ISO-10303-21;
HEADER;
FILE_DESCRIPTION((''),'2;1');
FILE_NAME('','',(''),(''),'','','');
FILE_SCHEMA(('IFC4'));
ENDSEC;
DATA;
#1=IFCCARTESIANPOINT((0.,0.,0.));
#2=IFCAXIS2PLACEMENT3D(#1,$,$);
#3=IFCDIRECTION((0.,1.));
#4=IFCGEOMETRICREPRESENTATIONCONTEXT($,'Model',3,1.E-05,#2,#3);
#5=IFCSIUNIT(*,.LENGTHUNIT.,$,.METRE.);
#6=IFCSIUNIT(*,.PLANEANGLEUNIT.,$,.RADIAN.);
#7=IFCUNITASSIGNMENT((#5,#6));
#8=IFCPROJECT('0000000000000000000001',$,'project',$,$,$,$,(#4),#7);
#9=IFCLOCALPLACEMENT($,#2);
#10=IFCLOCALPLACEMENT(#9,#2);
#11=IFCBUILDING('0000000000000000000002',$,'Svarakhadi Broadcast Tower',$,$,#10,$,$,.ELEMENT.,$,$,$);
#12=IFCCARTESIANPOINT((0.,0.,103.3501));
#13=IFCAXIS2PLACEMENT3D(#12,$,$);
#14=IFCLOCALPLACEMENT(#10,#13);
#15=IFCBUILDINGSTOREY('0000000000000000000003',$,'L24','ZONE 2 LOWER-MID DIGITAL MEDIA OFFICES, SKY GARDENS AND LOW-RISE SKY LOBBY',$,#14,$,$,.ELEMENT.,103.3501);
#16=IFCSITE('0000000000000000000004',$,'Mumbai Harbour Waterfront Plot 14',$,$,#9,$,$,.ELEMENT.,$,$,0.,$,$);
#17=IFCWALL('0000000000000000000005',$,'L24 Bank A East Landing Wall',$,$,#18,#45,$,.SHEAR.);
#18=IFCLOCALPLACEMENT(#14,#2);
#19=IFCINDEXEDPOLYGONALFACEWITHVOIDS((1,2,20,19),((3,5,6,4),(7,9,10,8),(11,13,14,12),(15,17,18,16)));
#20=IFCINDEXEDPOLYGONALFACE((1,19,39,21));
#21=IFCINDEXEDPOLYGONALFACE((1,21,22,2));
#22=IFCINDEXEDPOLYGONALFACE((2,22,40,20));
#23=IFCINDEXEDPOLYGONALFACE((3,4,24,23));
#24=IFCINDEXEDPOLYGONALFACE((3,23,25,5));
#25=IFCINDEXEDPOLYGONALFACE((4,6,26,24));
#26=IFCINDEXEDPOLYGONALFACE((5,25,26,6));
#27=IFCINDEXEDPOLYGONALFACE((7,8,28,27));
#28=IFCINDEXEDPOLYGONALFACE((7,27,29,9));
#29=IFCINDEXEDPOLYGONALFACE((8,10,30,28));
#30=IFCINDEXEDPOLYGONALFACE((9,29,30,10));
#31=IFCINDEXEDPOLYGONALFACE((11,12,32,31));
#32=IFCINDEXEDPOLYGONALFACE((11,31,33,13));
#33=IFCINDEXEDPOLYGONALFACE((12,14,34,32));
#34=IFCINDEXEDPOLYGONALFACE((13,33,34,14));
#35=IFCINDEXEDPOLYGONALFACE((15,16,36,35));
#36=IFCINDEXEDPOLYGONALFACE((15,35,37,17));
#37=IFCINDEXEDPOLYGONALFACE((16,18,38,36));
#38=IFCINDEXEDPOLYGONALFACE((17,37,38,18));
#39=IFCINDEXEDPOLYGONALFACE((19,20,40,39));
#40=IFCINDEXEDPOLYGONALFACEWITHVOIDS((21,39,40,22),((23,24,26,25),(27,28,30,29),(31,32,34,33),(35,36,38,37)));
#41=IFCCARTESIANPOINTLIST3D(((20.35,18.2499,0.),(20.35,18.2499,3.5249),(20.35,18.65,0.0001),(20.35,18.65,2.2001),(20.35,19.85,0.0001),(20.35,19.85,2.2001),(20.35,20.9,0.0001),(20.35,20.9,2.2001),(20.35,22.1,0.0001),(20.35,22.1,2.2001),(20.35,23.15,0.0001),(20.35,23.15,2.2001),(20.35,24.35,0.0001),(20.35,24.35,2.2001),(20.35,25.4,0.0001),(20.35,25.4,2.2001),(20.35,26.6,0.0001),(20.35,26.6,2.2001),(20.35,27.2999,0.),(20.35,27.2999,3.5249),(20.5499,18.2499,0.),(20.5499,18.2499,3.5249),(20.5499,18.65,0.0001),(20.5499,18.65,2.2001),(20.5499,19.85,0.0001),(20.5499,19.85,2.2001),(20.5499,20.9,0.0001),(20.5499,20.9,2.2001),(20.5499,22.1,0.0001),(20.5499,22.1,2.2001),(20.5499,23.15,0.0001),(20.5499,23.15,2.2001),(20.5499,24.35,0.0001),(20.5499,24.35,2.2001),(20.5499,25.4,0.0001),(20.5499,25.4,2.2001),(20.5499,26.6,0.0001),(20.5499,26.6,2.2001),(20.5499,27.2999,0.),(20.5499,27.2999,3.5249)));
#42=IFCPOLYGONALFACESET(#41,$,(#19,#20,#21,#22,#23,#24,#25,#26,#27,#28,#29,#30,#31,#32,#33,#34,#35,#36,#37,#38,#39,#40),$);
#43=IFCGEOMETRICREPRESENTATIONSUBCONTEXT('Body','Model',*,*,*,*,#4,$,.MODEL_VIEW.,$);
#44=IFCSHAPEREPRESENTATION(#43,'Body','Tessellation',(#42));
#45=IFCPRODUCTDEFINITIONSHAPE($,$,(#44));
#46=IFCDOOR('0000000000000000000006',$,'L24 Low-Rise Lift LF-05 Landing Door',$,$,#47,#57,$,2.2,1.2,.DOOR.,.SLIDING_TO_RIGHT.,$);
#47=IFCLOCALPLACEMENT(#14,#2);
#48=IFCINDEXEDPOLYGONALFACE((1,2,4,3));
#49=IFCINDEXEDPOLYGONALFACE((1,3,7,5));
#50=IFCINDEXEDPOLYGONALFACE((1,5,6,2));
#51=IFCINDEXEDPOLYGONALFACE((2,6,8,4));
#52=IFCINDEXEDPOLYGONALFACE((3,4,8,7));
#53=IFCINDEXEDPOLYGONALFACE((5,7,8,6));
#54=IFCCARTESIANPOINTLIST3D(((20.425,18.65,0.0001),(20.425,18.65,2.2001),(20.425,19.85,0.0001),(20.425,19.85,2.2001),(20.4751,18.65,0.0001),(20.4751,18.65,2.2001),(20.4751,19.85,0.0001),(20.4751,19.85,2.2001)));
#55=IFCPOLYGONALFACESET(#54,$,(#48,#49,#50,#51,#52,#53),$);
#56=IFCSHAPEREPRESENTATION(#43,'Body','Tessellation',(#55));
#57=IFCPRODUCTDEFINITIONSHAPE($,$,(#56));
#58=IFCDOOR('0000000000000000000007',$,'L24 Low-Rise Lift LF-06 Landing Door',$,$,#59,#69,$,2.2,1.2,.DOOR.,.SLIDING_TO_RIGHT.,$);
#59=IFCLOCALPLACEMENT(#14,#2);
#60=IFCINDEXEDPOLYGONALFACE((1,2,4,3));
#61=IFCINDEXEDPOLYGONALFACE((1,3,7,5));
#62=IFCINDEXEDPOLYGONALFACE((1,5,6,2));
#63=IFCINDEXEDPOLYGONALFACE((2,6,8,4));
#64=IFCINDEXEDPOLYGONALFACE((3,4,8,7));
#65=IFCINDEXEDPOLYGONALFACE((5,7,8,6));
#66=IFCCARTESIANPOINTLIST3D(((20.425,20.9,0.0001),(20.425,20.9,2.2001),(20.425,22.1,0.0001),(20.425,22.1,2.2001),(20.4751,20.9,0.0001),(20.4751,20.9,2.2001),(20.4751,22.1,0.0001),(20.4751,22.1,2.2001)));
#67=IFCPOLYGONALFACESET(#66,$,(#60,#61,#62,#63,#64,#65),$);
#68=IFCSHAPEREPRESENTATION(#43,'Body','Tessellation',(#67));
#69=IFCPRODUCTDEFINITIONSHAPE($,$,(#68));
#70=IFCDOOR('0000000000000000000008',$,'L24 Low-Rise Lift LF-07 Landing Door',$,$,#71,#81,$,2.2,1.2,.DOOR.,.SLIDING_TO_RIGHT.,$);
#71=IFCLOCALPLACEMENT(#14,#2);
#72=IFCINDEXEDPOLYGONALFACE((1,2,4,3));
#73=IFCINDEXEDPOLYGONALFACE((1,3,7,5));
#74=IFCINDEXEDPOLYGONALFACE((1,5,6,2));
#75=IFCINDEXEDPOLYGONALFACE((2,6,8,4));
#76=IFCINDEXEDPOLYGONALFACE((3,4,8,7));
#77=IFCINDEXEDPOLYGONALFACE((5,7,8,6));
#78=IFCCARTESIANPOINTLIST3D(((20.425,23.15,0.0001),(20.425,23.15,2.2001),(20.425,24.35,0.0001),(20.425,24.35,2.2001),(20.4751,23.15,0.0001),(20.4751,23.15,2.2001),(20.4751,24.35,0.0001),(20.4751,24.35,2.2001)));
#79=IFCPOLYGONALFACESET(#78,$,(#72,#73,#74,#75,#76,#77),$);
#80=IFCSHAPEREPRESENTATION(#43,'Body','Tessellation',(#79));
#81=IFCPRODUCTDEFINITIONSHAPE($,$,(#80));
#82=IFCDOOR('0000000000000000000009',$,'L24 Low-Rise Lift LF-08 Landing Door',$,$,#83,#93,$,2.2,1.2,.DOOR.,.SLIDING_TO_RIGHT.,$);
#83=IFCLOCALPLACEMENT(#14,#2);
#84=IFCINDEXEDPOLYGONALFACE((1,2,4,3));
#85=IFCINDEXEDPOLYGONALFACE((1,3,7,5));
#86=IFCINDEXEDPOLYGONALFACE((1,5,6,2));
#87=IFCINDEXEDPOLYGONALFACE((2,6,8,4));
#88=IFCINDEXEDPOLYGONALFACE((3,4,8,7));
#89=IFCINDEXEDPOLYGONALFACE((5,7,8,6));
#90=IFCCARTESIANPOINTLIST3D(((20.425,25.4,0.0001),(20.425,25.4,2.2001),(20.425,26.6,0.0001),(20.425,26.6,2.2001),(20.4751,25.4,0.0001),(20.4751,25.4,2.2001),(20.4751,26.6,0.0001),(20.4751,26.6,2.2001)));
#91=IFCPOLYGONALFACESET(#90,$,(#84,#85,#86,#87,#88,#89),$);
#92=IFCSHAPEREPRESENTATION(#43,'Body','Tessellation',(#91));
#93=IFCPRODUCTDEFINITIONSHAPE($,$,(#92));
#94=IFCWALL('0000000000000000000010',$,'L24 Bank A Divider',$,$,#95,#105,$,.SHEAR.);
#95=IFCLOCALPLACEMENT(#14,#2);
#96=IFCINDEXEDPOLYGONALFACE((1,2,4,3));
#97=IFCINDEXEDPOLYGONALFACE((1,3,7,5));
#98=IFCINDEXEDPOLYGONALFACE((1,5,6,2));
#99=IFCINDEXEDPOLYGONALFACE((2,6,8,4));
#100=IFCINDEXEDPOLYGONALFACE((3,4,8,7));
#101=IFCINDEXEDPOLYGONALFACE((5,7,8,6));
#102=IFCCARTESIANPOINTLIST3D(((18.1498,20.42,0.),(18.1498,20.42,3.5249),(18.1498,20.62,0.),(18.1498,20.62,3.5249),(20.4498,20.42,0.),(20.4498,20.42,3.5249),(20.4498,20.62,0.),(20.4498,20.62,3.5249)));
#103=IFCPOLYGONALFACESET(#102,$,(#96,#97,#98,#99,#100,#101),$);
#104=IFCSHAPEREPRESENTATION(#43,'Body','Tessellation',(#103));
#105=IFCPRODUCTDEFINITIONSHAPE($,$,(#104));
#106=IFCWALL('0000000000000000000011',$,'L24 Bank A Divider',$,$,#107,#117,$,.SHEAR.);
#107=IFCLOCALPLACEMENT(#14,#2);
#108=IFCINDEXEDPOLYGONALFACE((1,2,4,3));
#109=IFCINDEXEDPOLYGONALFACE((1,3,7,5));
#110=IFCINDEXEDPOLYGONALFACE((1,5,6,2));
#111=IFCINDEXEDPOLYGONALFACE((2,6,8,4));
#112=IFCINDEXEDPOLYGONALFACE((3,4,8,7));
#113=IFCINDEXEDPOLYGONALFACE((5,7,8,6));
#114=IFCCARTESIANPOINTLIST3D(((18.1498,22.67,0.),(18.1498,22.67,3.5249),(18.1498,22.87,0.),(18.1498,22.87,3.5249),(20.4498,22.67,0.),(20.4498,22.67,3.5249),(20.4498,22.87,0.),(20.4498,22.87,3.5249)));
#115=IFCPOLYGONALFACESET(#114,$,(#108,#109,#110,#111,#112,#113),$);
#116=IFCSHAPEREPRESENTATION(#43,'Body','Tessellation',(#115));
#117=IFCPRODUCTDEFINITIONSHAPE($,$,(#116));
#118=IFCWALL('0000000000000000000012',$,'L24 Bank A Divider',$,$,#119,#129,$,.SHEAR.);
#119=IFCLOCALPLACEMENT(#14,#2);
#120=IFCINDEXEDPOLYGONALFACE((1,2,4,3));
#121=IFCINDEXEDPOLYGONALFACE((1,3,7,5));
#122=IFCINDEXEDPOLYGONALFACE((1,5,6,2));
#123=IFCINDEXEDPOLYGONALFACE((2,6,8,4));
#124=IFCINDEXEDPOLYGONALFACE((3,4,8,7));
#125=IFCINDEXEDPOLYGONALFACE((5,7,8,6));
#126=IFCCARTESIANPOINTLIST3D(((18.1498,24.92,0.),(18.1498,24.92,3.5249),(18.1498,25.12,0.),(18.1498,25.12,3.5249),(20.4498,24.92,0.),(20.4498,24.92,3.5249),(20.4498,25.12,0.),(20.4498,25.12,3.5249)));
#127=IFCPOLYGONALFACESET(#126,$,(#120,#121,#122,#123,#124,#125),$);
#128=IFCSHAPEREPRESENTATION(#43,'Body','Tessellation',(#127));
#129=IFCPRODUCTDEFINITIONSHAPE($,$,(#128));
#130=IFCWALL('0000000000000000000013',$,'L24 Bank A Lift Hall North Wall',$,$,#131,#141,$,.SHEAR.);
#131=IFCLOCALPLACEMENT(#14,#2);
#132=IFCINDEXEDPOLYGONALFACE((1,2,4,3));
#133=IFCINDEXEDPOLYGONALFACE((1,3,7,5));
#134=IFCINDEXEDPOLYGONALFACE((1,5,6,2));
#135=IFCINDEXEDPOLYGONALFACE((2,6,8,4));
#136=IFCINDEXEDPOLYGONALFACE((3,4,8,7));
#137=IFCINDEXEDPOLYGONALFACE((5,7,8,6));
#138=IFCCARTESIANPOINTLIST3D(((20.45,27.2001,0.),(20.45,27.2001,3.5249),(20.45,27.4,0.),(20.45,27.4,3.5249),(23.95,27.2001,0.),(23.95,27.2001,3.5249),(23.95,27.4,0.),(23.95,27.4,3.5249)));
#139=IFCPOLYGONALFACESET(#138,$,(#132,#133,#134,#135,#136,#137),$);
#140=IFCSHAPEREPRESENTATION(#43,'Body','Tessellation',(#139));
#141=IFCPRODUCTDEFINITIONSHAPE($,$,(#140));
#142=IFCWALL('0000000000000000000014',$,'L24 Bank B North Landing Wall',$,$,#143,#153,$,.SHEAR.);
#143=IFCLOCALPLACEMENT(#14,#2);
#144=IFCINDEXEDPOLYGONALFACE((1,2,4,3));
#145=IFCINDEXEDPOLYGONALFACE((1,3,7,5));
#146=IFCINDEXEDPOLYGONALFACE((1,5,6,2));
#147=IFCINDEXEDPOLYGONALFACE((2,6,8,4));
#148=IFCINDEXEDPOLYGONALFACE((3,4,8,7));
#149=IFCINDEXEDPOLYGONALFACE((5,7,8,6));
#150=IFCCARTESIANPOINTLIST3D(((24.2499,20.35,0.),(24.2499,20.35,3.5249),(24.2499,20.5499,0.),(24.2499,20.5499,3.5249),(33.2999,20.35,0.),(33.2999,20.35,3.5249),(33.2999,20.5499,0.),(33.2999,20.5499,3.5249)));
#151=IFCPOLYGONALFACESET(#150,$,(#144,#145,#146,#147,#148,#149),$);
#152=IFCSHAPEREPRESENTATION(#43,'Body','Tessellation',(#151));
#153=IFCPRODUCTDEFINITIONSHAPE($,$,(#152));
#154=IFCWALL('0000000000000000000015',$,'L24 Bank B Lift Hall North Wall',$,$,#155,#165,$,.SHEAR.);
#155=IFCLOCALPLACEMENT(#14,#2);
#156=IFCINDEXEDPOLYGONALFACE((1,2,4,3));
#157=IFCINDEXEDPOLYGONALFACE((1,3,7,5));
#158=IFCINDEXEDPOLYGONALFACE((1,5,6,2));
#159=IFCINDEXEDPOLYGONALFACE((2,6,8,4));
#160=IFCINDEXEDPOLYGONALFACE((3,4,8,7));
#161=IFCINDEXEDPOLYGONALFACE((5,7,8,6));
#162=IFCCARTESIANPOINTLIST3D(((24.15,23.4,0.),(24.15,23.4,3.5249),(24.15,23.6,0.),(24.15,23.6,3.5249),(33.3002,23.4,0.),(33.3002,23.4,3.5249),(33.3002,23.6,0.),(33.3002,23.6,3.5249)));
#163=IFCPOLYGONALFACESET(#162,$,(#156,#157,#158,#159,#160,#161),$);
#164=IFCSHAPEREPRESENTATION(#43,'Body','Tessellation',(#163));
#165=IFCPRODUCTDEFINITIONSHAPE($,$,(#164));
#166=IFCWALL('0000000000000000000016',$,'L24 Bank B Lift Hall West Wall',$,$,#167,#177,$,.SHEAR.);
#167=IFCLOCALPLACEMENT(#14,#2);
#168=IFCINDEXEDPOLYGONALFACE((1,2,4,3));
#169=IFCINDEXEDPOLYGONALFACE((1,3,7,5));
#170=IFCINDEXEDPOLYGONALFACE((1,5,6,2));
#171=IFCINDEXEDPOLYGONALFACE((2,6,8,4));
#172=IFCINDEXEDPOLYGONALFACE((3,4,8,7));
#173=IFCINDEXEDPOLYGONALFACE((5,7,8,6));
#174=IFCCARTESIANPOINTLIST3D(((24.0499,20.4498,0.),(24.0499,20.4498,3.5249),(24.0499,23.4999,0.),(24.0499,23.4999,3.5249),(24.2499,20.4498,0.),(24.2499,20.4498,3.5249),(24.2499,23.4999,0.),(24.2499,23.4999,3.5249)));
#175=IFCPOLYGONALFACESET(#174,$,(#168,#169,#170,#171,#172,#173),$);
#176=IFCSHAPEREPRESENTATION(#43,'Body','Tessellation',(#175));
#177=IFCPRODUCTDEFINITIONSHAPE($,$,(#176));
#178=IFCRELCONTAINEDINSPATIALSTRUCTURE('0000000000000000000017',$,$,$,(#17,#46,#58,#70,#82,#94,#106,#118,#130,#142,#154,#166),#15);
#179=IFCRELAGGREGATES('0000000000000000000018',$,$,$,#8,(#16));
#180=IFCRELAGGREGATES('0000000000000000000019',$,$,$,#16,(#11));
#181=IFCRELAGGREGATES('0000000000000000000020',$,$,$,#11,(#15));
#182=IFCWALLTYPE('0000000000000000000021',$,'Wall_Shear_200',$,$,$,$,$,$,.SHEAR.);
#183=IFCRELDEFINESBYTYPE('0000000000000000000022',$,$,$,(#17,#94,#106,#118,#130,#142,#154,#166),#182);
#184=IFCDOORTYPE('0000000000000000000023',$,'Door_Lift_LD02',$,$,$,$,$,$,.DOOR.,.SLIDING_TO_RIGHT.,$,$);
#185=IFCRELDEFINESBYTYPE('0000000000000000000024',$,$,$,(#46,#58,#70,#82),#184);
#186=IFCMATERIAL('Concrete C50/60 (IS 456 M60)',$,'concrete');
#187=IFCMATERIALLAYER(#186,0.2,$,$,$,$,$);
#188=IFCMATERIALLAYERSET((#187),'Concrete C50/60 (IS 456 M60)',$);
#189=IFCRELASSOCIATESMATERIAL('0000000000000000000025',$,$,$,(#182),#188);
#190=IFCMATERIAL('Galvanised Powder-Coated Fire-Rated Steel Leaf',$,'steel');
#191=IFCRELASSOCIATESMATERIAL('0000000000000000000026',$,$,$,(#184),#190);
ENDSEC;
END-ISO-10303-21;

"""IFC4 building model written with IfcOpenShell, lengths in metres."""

from ifc_helpers import new_model, si_unit, direction, frame, frame_2d, origin, place, context, subcontext, project, spatial, rectangle, extrude, material, layer, layer_set, type_object, element, fill, save


model = new_model("IFC4")

# Units and contexts
model_context = context("Model", 3, precision=1e-05, world=origin(), true_north=direction((0.0, 1.0)))
body_context = subcontext(model_context, "Body", "Model", "MODEL_VIEW")
ifc_project = project(units=[si_unit("LENGTHUNIT", "METRE"), si_unit("PLANEANGLEUNIT", "RADIAN")], contexts=[model_context])

# Site, building, storey
site_placement = place(None, origin())
site = spatial("IfcSite", under=ifc_project, at=site_placement, Name="Mumbai Harbour Waterfront Plot 14", CompositionType="ELEMENT", RefElevation=0.0)
building_placement = place(site_placement, origin())
building = spatial("IfcBuilding", under=site, at=building_placement, Name="Svarakhadi Broadcast Tower", CompositionType="ELEMENT")
storey_placement = place(building_placement, frame((0.0, 0.0, 103.3501)))
storey = spatial("IfcBuildingStorey", under=building, at=storey_placement, Name="L24", Description="ZONE 2 LOWER-MID DIGITAL MEDIA OFFICES, SKY GARDENS AND LOW-RISE SKY LOBBY", CompositionType="ELEMENT", Elevation=103.3501)

# Shared definitions
ifc_material_1 = material(Name="Concrete C50/60 (IS 456 M60)", Category="concrete")
ifc_layer_1 = layer(ifc_material_1, 0.2)
ifc_layer_set_1 = layer_set([ifc_layer_1], Name="Concrete C50/60 (IS 456 M60)")
wall_type = type_object("IfcWallType", Name="Wall_Shear_200", PredefinedType="SHEAR", material=ifc_layer_set_1)

# Wall, openings, doors
wall_1_placement = place(storey_placement, frame((20.45, 18.25, 0.0), z_axis=(0.0, 0.0, 1.0), x_axis=(0.0, 1.0, 0.0)))
wall_1 = element("IfcWall", 1, at=wall_1_placement, inside=storey, type_object=wall_type, Name="L24 Bank A East Landing Wall", PredefinedType="SHEAR", context=body_context, shape_type="SweptSolid", body=[
    extrude(rectangle(XDim=9.05, YDim=0.2, at=frame_2d((4.5249, 0.0))), origin(), (0.0, 0.0, 1.0), 3.5249),
])
opening_1_placement = place(wall_1_placement, frame((0.3999, 0.0, 0.0)))
opening_1 = element("IfcOpeningElement", 2, at=opening_1_placement, cuts=wall_1, PredefinedType="OPENING", context=body_context, shape_type="SweptSolid", body=[
    extrude(rectangle(XDim=1.2, YDim=2.2, at=frame_2d((0.6001, 1.1001))), frame((0.0, 0.1099, 0.0), z_axis=(0.0, -1.0, 0.0), x_axis=(1.0, 0.0, 0.0)), (0.0, 0.0, 1.0), 0.22),
])
opening_2_placement = place(wall_1_placement, frame((2.6499, 0.0, 0.0)))
opening_2 = element("IfcOpeningElement", 3, at=opening_2_placement, cuts=wall_1, PredefinedType="OPENING", context=body_context, shape_type="SweptSolid", body=[
    extrude(rectangle(XDim=1.2, YDim=2.2, at=frame_2d((0.6001, 1.1001))), frame((0.0, 0.1099, 0.0), z_axis=(0.0, -1.0, 0.0), x_axis=(1.0, 0.0, 0.0)), (0.0, 0.0, 1.0), 0.22),
])
opening_3_placement = place(wall_1_placement, frame((4.8999, 0.0, 0.0)))
opening_3 = element("IfcOpeningElement", 4, at=opening_3_placement, cuts=wall_1, PredefinedType="OPENING", context=body_context, shape_type="SweptSolid", body=[
    extrude(rectangle(XDim=1.2, YDim=2.2, at=frame_2d((0.6001, 1.1001))), frame((0.0, 0.1099, 0.0), z_axis=(0.0, -1.0, 0.0), x_axis=(1.0, 0.0, 0.0)), (0.0, 0.0, 1.0), 0.22),
])
opening_4_placement = place(wall_1_placement, frame((7.1499, 0.0, 0.0)))
opening_4 = element("IfcOpeningElement", 5, at=opening_4_placement, cuts=wall_1, PredefinedType="OPENING", context=body_context, shape_type="SweptSolid", body=[
    extrude(rectangle(XDim=1.2, YDim=2.2, at=frame_2d((0.6001, 1.1001))), frame((0.0, 0.1099, 0.0), z_axis=(0.0, -1.0, 0.0), x_axis=(1.0, 0.0, 0.0)), (0.0, 0.0, 1.0), 0.22),
])
ifc_material_2 = material(Name="Galvanised Powder-Coated Fire-Rated Steel Leaf", Category="steel")
door_type = type_object("IfcDoorType", Name="Door_Lift_LD02", OperationType="SLIDING_TO_RIGHT", PredefinedType="DOOR", material=ifc_material_2)
door_1_placement = place(opening_1_placement, origin())
door_1 = element("IfcDoor", 6, at=door_1_placement, inside=storey, type_object=door_type, Name="L24 Low-Rise Lift LF-05 Landing Door", OperationType="SLIDING_TO_RIGHT", OverallHeight=2.2, OverallWidth=1.2, PredefinedType="DOOR", context=body_context, shape_type="SweptSolid", body=[
    extrude(rectangle(XDim=1.2, YDim=2.2, at=frame_2d((0.6001, 1.1001))), frame((0.0, 0.0249, 0.0), z_axis=(0.0, -1.0, 0.0), x_axis=(1.0, 0.0, 0.0)), (0.0, 0.0, 1.0), 0.05),
])
fill(opening_1, door_1)
door_2_placement = place(opening_2_placement, origin())
door_2 = element("IfcDoor", 7, at=door_2_placement, inside=storey, type_object=door_type, Name="L24 Low-Rise Lift LF-06 Landing Door", OperationType="SLIDING_TO_RIGHT", OverallHeight=2.2, OverallWidth=1.2, PredefinedType="DOOR", context=body_context, shape_type="SweptSolid", body=[
    extrude(rectangle(XDim=1.2, YDim=2.2, at=frame_2d((0.6001, 1.1001))), frame((0.0, 0.0249, 0.0), z_axis=(0.0, -1.0, 0.0), x_axis=(1.0, 0.0, 0.0)), (0.0, 0.0, 1.0), 0.05),
])
fill(opening_2, door_2)
door_3_placement = place(opening_3_placement, origin())
door_3 = element("IfcDoor", 8, at=door_3_placement, inside=storey, type_object=door_type, Name="L24 Low-Rise Lift LF-07 Landing Door", OperationType="SLIDING_TO_RIGHT", OverallHeight=2.2, OverallWidth=1.2, PredefinedType="DOOR", context=body_context, shape_type="SweptSolid", body=[
    extrude(rectangle(XDim=1.2, YDim=2.2, at=frame_2d((0.6001, 1.1001))), frame((0.0, 0.0249, 0.0), z_axis=(0.0, -1.0, 0.0), x_axis=(1.0, 0.0, 0.0)), (0.0, 0.0, 1.0), 0.05),
])
fill(opening_3, door_3)
door_4_placement = place(opening_4_placement, origin())
door_4 = element("IfcDoor", 9, at=door_4_placement, inside=storey, type_object=door_type, Name="L24 Low-Rise Lift LF-08 Landing Door", OperationType="SLIDING_TO_RIGHT", OverallHeight=2.2, OverallWidth=1.2, PredefinedType="DOOR", context=body_context, shape_type="SweptSolid", body=[
    extrude(rectangle(XDim=1.2, YDim=2.2, at=frame_2d((0.6001, 1.1001))), frame((0.0, 0.0249, 0.0), z_axis=(0.0, -1.0, 0.0), x_axis=(1.0, 0.0, 0.0)), (0.0, 0.0, 1.0), 0.05),
])
fill(opening_4, door_4)

# Walls
for number, where, z_axis, x_axis, name in (
    (10, (18.1499, 20.52, 0.0), (0.0, 0.0, 1.0), (1.0, 0.0, 0.0), "L24 Bank A Divider"),
    (11, (18.1499, 22.77, 0.0), (0.0, 0.0, 1.0), (1.0, 0.0, 0.0), "L24 Bank A Divider"),
    (12, (18.1499, 25.02, 0.0), (0.0, 0.0, 1.0), (1.0, 0.0, 0.0), "L24 Bank A Divider"),
):
    element("IfcWall", number, at=place(storey_placement, frame(where, z_axis=z_axis, x_axis=x_axis)), inside=storey, type_object=wall_type, Name=name, PredefinedType="SHEAR", context=body_context, shape_type="SweptSolid", body=[
        extrude(rectangle(XDim=2.3, YDim=0.2, at=frame_2d((1.1499, 0.0))), origin(), (0.0, 0.0, 1.0), 3.5249),
    ])
wall_2_placement = place(storey_placement, frame((20.45, 27.3, 0.0), z_axis=(0.0, 0.0, 1.0), x_axis=(1.0, 0.0, 0.0)))
element("IfcWall", 13, at=wall_2_placement, inside=storey, type_object=wall_type, Name="L24 Bank A Lift Hall North Wall", PredefinedType="SHEAR", context=body_context, shape_type="SweptSolid", body=[
    extrude(rectangle(XDim=3.5, YDim=0.2, at=frame_2d((1.75, 0.0))), origin(), (0.0, 0.0, 1.0), 3.5249),
])
wall_3_placement = place(storey_placement, frame((24.25, 20.45, 0.0), z_axis=(0.0, 0.0, 1.0), x_axis=(1.0, 0.0, 0.0)))
element("IfcWall", 14, at=wall_3_placement, inside=storey, type_object=wall_type, Name="L24 Bank B North Landing Wall", PredefinedType="SHEAR", context=body_context, shape_type="SweptSolid", body=[
    extrude(rectangle(XDim=9.05, YDim=0.2, at=frame_2d((4.5249, 0.0))), origin(), (0.0, 0.0, 1.0), 3.5249),
])
wall_4_placement = place(storey_placement, frame((24.1499, 23.5, 0.0), z_axis=(0.0, 0.0, 1.0), x_axis=(1.0, 0.0, 0.0)))
element("IfcWall", 15, at=wall_4_placement, inside=storey, type_object=wall_type, Name="L24 Bank B Lift Hall North Wall", PredefinedType="SHEAR", context=body_context, shape_type="SweptSolid", body=[
    extrude(rectangle(XDim=9.1501, YDim=0.2, at=frame_2d((4.5752, 0.0))), origin(), (0.0, 0.0, 1.0), 3.5249),
])
wall_5_placement = place(storey_placement, frame((24.1499, 20.45, 0.0), z_axis=(0.0, 0.0, 1.0), x_axis=(0.0, 1.0, 0.0)))
element("IfcWall", 16, at=wall_5_placement, inside=storey, type_object=wall_type, Name="L24 Bank B Lift Hall West Wall", PredefinedType="SHEAR", context=body_context, shape_type="SweptSolid", body=[
    extrude(rectangle(XDim=3.05, YDim=0.2, at=frame_2d((1.5249, 0.0))), origin(), (0.0, 0.0, 1.0), 3.5249),
])

save(model, "model.ifc")
